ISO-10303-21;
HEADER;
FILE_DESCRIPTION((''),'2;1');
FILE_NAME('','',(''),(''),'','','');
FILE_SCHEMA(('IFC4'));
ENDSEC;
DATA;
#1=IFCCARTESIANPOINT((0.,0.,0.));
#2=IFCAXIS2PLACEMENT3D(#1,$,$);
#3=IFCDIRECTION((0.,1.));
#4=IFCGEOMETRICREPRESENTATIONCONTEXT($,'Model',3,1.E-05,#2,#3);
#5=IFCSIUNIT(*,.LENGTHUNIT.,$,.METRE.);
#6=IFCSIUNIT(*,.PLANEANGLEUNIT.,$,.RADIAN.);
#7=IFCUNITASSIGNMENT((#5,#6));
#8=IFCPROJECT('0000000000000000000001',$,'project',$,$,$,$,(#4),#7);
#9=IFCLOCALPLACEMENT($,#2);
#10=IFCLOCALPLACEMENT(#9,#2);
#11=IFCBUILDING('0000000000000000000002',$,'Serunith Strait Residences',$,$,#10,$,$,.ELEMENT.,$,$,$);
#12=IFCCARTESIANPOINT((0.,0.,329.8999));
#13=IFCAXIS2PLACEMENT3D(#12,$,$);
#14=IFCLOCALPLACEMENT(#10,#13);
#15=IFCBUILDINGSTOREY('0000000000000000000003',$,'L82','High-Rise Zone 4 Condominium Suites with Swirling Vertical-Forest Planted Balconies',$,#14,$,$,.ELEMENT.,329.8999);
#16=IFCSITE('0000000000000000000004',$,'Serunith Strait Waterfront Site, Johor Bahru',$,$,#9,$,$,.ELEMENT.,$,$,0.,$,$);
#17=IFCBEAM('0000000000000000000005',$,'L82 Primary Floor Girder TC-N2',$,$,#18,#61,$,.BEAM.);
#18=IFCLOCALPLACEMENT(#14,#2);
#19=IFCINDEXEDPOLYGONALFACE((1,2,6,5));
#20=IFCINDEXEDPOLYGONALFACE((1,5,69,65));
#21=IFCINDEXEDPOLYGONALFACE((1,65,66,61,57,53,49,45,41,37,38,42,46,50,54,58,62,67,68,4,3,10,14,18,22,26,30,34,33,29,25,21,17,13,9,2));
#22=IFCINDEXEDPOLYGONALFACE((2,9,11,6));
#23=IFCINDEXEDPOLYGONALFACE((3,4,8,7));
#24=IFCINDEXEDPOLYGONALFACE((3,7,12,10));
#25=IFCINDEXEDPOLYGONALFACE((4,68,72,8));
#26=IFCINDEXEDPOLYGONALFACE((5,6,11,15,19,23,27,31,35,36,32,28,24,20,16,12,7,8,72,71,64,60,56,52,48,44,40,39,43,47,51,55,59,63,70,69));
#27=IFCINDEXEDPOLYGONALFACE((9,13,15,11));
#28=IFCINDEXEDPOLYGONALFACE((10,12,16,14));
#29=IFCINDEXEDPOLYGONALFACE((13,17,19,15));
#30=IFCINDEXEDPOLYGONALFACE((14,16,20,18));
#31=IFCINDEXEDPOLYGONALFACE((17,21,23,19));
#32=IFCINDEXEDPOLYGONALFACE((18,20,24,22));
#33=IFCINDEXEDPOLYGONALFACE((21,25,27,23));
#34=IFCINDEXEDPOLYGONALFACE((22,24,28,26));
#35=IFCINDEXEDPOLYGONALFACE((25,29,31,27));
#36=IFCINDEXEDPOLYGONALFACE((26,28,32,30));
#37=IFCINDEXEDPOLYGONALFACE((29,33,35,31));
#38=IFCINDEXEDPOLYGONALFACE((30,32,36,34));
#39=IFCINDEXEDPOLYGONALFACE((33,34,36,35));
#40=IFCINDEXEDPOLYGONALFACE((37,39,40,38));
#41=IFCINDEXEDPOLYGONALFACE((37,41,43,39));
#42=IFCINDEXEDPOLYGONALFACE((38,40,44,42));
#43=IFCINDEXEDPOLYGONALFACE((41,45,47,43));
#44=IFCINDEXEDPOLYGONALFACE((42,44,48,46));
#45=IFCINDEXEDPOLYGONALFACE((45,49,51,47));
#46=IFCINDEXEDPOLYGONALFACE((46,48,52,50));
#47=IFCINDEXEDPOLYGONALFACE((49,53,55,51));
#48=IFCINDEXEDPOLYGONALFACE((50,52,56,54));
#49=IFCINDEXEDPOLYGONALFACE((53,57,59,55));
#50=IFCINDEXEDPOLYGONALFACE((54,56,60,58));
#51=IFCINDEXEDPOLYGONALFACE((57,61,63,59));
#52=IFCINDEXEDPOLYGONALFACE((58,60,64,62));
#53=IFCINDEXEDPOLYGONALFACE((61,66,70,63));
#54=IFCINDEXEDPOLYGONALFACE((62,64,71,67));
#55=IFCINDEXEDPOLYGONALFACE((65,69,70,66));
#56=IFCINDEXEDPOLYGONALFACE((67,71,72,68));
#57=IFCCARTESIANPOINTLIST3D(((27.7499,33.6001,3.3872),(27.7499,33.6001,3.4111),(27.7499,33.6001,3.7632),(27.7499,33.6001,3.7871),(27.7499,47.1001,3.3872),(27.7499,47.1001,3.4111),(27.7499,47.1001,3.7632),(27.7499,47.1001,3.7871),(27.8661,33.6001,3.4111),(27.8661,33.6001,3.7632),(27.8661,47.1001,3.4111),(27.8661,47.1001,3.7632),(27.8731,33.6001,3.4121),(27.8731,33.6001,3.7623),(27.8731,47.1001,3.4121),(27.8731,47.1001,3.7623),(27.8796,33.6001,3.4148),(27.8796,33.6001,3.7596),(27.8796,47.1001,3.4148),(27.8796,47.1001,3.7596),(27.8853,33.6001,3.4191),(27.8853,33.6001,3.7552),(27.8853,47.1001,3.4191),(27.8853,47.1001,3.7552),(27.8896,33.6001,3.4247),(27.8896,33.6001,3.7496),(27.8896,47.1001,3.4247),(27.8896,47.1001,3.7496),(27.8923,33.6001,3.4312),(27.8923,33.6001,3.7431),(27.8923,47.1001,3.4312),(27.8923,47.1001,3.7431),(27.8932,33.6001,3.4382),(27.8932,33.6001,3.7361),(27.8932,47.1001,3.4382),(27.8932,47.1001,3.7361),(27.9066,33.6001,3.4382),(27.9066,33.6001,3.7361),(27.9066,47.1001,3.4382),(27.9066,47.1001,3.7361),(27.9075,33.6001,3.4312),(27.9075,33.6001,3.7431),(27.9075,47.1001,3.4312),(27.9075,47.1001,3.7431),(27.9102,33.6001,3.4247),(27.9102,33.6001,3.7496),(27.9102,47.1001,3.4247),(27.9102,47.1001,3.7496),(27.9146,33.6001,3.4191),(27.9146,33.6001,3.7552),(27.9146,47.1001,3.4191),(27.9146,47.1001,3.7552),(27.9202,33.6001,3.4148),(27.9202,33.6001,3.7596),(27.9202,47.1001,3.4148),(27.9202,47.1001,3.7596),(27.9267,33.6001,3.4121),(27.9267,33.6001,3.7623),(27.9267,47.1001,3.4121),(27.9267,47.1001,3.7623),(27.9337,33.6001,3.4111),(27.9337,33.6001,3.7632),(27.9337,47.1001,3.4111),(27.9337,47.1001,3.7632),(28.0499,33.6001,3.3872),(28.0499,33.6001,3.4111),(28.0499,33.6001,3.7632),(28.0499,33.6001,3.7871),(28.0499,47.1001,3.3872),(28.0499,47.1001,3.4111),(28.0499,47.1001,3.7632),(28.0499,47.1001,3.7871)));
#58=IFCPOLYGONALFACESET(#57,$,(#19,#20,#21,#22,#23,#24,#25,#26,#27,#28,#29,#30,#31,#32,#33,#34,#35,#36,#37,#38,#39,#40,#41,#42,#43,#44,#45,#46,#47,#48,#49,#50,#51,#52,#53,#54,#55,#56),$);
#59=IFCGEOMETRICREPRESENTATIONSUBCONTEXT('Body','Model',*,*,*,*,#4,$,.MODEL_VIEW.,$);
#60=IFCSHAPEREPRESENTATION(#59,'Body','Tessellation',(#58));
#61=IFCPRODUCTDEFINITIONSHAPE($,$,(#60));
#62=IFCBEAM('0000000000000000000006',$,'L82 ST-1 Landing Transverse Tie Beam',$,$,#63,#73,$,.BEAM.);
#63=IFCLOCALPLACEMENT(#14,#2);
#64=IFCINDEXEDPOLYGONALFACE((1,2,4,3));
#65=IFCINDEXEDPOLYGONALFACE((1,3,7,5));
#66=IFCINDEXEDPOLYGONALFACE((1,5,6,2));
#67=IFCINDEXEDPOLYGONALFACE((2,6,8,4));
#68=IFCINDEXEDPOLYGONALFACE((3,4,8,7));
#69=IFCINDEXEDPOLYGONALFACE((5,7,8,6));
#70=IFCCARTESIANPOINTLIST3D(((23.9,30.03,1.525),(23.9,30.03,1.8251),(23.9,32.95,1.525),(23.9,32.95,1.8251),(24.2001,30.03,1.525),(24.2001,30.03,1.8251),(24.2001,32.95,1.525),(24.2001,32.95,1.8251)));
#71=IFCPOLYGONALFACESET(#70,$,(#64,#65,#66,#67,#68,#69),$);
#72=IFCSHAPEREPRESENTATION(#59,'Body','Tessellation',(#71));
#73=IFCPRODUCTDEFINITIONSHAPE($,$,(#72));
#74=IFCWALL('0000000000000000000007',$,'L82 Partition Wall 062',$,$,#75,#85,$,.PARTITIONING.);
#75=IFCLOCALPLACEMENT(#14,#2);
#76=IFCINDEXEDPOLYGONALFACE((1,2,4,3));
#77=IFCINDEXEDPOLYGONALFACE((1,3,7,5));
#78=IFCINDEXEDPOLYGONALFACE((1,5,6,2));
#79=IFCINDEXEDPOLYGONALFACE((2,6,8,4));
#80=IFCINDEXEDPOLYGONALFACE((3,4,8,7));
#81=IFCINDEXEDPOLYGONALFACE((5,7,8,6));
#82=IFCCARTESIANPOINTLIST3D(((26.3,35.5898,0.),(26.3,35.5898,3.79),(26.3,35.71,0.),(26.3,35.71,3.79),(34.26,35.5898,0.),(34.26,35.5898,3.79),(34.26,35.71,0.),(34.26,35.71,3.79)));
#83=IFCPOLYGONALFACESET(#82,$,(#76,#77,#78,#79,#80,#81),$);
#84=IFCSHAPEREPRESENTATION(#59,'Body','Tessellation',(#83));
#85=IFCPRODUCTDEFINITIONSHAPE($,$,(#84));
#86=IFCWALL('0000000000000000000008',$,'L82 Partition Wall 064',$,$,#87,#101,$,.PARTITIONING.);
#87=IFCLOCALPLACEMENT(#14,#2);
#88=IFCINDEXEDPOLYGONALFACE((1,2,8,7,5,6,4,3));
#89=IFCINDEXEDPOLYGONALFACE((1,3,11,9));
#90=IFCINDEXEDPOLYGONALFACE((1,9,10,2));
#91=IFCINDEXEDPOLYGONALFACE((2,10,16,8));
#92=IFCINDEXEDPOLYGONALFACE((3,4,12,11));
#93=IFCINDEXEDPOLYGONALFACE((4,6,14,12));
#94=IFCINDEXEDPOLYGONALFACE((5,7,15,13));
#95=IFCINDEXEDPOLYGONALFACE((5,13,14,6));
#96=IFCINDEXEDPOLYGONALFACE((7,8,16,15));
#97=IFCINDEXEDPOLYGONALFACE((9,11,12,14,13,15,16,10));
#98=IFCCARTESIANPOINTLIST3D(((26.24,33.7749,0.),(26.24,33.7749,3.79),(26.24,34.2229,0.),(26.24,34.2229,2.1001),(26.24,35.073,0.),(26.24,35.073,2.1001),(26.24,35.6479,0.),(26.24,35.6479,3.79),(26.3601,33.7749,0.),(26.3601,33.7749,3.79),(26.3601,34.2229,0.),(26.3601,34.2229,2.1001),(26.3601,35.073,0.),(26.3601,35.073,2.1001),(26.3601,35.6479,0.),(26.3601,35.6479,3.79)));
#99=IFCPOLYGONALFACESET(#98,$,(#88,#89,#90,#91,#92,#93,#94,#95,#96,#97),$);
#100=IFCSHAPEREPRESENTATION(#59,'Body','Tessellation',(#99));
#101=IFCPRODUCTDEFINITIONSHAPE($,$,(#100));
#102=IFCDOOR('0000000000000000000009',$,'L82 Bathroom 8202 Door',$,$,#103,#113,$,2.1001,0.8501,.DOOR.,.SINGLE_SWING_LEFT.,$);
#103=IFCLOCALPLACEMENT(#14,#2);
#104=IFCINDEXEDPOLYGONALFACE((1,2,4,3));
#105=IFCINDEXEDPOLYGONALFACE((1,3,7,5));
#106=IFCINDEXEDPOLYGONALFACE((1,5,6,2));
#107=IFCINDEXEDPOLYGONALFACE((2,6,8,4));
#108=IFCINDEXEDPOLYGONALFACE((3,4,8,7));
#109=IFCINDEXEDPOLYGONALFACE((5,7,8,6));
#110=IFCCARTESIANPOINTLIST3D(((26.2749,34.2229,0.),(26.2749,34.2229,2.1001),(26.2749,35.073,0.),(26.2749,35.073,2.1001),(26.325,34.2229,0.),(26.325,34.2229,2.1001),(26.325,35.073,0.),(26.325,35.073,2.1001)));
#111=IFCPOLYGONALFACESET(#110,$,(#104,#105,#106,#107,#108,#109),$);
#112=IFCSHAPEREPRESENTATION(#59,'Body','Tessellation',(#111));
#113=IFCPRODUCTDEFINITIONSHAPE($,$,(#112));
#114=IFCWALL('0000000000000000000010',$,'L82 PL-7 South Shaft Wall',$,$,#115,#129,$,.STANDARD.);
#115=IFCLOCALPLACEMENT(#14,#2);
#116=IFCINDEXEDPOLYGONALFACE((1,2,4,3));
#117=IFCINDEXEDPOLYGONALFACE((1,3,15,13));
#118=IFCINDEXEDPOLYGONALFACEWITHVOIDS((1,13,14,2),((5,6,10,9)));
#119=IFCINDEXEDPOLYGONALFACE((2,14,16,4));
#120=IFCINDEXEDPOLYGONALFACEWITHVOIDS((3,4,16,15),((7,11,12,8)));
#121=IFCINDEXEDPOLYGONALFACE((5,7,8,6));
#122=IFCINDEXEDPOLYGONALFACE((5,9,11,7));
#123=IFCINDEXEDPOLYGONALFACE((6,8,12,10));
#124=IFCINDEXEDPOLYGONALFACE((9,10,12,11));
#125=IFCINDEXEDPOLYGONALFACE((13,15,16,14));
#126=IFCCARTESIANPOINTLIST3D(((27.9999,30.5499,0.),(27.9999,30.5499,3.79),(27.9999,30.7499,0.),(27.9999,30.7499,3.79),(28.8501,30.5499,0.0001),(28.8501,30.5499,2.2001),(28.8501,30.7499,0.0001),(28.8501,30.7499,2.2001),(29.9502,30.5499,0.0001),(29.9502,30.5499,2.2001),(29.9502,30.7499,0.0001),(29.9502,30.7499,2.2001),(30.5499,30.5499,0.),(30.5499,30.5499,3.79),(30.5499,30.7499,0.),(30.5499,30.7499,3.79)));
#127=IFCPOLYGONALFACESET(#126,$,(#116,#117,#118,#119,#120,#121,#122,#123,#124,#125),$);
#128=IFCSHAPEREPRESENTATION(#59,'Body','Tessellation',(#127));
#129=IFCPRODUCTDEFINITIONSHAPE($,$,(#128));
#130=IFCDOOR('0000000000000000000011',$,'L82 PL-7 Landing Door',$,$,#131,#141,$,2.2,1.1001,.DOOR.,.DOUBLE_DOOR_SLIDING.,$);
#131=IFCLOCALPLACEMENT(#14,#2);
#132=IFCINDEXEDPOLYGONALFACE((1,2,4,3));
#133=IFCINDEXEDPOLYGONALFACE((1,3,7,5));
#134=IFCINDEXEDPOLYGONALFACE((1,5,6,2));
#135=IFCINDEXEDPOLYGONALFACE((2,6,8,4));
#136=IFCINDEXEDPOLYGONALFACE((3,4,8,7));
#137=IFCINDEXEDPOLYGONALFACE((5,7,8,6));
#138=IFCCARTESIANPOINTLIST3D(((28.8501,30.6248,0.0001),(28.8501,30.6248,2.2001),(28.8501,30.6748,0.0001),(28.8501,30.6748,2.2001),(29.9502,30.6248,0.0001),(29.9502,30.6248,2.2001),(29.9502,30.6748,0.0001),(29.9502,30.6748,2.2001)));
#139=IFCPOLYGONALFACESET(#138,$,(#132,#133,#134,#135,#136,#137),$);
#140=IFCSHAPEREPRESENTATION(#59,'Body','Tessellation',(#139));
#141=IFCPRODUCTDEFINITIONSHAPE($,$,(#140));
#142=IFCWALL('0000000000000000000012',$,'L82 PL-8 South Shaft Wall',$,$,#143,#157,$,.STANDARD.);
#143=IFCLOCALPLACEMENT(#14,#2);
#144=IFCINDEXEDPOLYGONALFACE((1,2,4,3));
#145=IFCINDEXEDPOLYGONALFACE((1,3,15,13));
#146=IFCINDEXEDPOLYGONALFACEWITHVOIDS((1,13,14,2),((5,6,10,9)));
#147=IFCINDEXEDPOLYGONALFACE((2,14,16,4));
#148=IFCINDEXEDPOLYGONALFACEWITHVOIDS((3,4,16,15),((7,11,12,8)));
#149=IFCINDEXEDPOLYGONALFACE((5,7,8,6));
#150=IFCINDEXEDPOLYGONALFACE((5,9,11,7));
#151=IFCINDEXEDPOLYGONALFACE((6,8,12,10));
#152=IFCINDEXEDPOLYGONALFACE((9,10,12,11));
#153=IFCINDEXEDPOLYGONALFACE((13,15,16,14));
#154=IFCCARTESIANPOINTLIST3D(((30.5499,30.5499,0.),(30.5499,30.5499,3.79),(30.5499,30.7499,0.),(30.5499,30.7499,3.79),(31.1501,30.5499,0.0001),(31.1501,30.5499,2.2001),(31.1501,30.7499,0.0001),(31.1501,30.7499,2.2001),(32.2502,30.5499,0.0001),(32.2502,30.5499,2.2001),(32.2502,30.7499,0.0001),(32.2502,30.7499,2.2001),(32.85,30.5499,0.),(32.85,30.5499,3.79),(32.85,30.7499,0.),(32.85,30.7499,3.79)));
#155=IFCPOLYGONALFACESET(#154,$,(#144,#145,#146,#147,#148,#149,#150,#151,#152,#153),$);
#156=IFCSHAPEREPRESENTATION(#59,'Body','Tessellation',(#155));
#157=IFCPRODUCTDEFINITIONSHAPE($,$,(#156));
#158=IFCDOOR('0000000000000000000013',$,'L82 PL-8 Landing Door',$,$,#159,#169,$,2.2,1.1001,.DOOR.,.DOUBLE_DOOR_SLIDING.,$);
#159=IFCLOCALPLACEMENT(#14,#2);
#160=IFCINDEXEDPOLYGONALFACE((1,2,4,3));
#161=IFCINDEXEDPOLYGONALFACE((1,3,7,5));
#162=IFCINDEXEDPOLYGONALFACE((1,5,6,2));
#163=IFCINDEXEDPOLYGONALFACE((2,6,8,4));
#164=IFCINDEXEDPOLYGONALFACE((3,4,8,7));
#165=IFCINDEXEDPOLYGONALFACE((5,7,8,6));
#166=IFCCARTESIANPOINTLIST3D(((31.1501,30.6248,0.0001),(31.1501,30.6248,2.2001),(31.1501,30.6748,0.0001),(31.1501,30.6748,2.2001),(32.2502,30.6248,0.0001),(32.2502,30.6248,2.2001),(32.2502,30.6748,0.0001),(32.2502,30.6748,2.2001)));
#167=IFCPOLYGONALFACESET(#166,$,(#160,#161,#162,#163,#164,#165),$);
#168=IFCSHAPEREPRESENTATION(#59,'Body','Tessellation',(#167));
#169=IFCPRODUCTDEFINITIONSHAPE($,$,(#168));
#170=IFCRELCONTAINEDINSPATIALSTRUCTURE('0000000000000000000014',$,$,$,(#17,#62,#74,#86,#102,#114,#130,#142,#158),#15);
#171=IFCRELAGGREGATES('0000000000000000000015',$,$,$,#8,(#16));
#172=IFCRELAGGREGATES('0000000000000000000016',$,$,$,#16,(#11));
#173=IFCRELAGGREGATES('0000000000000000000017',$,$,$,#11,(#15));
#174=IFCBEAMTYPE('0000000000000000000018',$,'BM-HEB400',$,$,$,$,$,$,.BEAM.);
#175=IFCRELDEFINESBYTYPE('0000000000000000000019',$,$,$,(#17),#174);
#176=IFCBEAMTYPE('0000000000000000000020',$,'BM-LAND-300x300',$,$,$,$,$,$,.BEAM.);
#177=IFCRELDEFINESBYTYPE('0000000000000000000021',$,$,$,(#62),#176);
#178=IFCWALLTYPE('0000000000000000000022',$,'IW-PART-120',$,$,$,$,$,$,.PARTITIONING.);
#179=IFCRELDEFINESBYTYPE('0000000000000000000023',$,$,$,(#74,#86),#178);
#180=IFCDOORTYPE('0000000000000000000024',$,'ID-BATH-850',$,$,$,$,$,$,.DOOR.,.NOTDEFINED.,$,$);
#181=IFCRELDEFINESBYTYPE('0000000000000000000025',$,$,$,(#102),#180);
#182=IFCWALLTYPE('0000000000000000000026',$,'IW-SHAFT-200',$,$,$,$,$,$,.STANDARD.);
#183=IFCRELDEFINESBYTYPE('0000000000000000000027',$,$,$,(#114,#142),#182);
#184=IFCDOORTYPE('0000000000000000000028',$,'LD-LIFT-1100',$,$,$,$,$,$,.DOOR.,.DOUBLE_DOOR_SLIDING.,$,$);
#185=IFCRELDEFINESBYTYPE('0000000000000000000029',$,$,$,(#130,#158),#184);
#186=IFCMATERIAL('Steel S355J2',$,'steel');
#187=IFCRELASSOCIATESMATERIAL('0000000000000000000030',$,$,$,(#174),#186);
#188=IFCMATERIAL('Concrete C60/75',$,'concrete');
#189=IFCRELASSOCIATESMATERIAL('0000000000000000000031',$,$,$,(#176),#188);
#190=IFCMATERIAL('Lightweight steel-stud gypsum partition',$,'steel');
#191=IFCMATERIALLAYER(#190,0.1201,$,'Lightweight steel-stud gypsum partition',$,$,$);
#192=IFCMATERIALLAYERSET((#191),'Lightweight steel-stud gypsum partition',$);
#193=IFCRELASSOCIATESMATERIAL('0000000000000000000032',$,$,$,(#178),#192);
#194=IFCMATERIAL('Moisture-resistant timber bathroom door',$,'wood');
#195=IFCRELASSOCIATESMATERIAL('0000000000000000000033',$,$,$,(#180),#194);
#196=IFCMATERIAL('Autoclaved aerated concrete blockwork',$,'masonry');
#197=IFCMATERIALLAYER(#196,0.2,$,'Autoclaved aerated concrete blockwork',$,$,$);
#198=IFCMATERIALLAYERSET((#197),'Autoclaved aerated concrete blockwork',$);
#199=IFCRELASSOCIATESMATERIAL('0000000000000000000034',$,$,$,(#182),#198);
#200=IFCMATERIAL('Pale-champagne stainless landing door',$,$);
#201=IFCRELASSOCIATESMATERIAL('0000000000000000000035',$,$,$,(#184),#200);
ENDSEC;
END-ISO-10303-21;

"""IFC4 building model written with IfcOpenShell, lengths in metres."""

from ifc_helpers import new_model, si_unit, direction, frame, frame_2d, origin, origin_2d, place, context, subcontext, project, spatial, rectangle, i_section, extrude, source, transform, mapped, material, layer, layer_set, material_profile, profile_set, type_object, element, fill, save


model = new_model("IFC4")

# Units and contexts
model_context = context("Model", 3, precision=1e-05, world=origin(), true_north=direction((0.0, 1.0)))
body_context = subcontext(model_context, "Body", "Model", "MODEL_VIEW")
ifc_project = project(units=[si_unit("LENGTHUNIT", "METRE"), si_unit("PLANEANGLEUNIT", "RADIAN")], contexts=[model_context])

# Site, building, storey
site_placement = place(None, origin())
site = spatial("IfcSite", under=ifc_project, at=site_placement, Name="Serunith Strait Waterfront Site, Johor Bahru", CompositionType="ELEMENT", RefElevation=0.0)
building_placement = place(site_placement, origin())
building = spatial("IfcBuilding", under=site, at=building_placement, Name="Serunith Strait Residences", CompositionType="ELEMENT")
storey_placement = place(building_placement, frame((0.0, 0.0, 329.8999)))
storey = spatial("IfcBuildingStorey", under=building, at=storey_placement, Name="L82", Description="High-Rise Zone 4 Condominium Suites with Swirling Vertical-Forest Planted Balconies", CompositionType="ELEMENT", Elevation=329.8999)

# Beams
ifc_material_1 = material(Name="Steel S355J2", Category="steel")
ifc_material_profile_1 = material_profile(ifc_material_1, i_section(OverallWidth=0.3, OverallDepth=0.3999, WebThickness=0.0134, FlangeThickness=0.0239, FilletRadius=0.0271, at=origin_2d()), Name="HEB 400")
ifc_profile_set_1 = profile_set([ifc_material_profile_1], Name="Steel S355J2")
beam_type_1 = type_object("IfcBeamType", Name="BM-HEB400", PredefinedType="BEAM", material=ifc_profile_set_1)
shared_shape_1 = source(origin(), body_context, "Body", "SweptSolid", [
    extrude(i_section(OverallWidth=0.3, OverallDepth=0.3999, WebThickness=0.0134, FlangeThickness=0.0239, FilletRadius=0.0271, at=origin_2d()), origin(), (0.0, 0.0, 1.0), 13.5),
])
beam_1_placement = place(storey_placement, frame((27.8999, 33.6001, 3.5872), z_axis=(0.0, 1.0, 0.0), x_axis=(-1.0, 0.0, 0.0)))
element("IfcBeam", 1, at=beam_1_placement, inside=storey, type_object=beam_type_1, Name="L82 Primary Floor Girder TC-N2", PredefinedType="BEAM", context=body_context, shape_type="MappedRepresentation", body=[
    mapped(shared_shape_1, transform((0.0, 0.0, 0.0), scale=1.0)),
])
ifc_material_2 = material(Name="Concrete C60/75", Category="concrete")
ifc_material_profile_2 = material_profile(ifc_material_2, rectangle(XDim=0.3, YDim=0.3, at=origin_2d()), Name="RC 300x300")
ifc_profile_set_2 = profile_set([ifc_material_profile_2], Name="Concrete C60/75")
beam_type_2 = type_object("IfcBeamType", Name="BM-LAND-300x300", PredefinedType="BEAM", material=ifc_profile_set_2)
shared_shape_2 = source(origin(), body_context, "Body", "SweptSolid", [
    extrude(rectangle(XDim=0.3, YDim=0.3, at=origin_2d()), origin(), (0.0, 0.0, 1.0), 2.9199),
])
beam_2_placement = place(storey_placement, frame((24.05, 30.03, 1.675), z_axis=(0.0, 1.0, 0.0), x_axis=(-1.0, 0.0, 0.0)))
element("IfcBeam", 2, at=beam_2_placement, inside=storey, type_object=beam_type_2, Name="L82 ST-1 Landing Transverse Tie Beam", PredefinedType="BEAM", context=body_context, shape_type="MappedRepresentation", body=[
    mapped(shared_shape_2, transform((0.0, 0.0, 0.0), scale=1.0)),
])

# Wall
ifc_material_3 = material(Name="Lightweight steel-stud gypsum partition", Category="steel")
ifc_layer_1 = layer(ifc_material_3, 0.1201, Name="Lightweight steel-stud gypsum partition")
ifc_layer_set_1 = layer_set([ifc_layer_1], Name="Lightweight steel-stud gypsum partition")
wall_type_1 = type_object("IfcWallType", Name="IW-PART-120", PredefinedType="PARTITIONING", material=ifc_layer_set_1)
wall_1_placement = place(storey_placement, frame((26.3, 35.6499, 0.0), z_axis=(0.0, 0.0, 1.0), x_axis=(1.0, 0.0, 0.0)))
element("IfcWall", 3, at=wall_1_placement, inside=storey, type_object=wall_type_1, Name="L82 Partition Wall 062", PredefinedType="PARTITIONING", context=body_context, shape_type="SweptSolid", body=[
    extrude(rectangle(XDim=7.96, YDim=0.1201, at=frame_2d((3.98, 0.0))), origin(), (0.0, 0.0, 1.0), 3.79),
])

# Walls, openings, doors
wall_2_placement = place(storey_placement, frame((26.3, 35.6479, 0.0), z_axis=(0.0, 0.0, 1.0), x_axis=(0.0, -1.0, 0.0)))
wall_2 = element("IfcWall", 4, at=wall_2_placement, inside=storey, type_object=wall_type_1, Name="L82 Partition Wall 064", PredefinedType="PARTITIONING", context=body_context, shape_type="SweptSolid", body=[
    extrude(rectangle(XDim=1.873, YDim=0.1201, at=frame_2d((0.9365, 0.0))), origin(), (0.0, 0.0, 1.0), 3.79),
])
opening_1_placement = place(wall_2_placement, frame((0.575, 0.0, 0.0)))
opening_1 = element("IfcOpeningElement", 5, at=opening_1_placement, cuts=wall_2, PredefinedType="OPENING", context=body_context, shape_type="SweptSolid", body=[
    extrude(rectangle(XDim=0.8501, YDim=2.1001, at=frame_2d((0.425, 1.05))), frame((0.0, 0.0701, 0.0), z_axis=(0.0, -1.0, 0.0), x_axis=(1.0, 0.0, 0.0)), (0.0, 0.0, 1.0), 0.1401),
])
ifc_material_4 = material(Name="Moisture-resistant timber bathroom door", Category="wood")
door_type_1 = type_object("IfcDoorType", Name="ID-BATH-850", OperationType="NOTDEFINED", PredefinedType="DOOR", material=ifc_material_4)
shared_shape_3 = source(origin(), body_context, "Body", "SweptSolid", [
    extrude(rectangle(XDim=0.8501, YDim=2.1001, at=frame_2d((0.425, 1.05))), frame((0.0, 0.0249, 0.0), z_axis=(0.0, -1.0, 0.0), x_axis=(1.0, 0.0, 0.0)), (0.0, 0.0, 1.0), 0.05),
])
door_1_placement = place(opening_1_placement, origin())
door_1 = element("IfcDoor", 6, at=door_1_placement, inside=storey, type_object=door_type_1, Name="L82 Bathroom 8202 Door", OperationType="SINGLE_SWING_LEFT", OverallHeight=2.1001, OverallWidth=0.8501, PredefinedType="DOOR", context=body_context, shape_type="MappedRepresentation", body=[
    mapped(shared_shape_3, transform((0.0, 0.0, 0.0), scale=1.0)),
])
fill(opening_1, door_1)
ifc_material_5 = material(Name="Autoclaved aerated concrete blockwork", Category="masonry")
ifc_layer_2 = layer(ifc_material_5, 0.2, Name="Autoclaved aerated concrete blockwork")
ifc_layer_set_2 = layer_set([ifc_layer_2], Name="Autoclaved aerated concrete blockwork")
wall_type_2 = type_object("IfcWallType", Name="IW-SHAFT-200", PredefinedType="STANDARD", material=ifc_layer_set_2)
wall_3_placement = place(storey_placement, frame((28.0, 30.6499, 0.0), z_axis=(0.0, 0.0, 1.0), x_axis=(1.0, 0.0, 0.0)))
wall_3 = element("IfcWall", 7, at=wall_3_placement, inside=storey, type_object=wall_type_2, Name="L82 PL-7 South Shaft Wall", PredefinedType="STANDARD", context=body_context, shape_type="SweptSolid", body=[
    extrude(rectangle(XDim=2.55, YDim=0.2, at=frame_2d((1.2749, 0.0))), origin(), (0.0, 0.0, 1.0), 3.79),
])
opening_2_placement = place(wall_3_placement, frame((0.8501, 0.0, 0.0)))
opening_2 = element("IfcOpeningElement", 8, at=opening_2_placement, cuts=wall_3, PredefinedType="OPENING", context=body_context, shape_type="SweptSolid", body=[
    extrude(rectangle(XDim=1.1001, YDim=2.2, at=frame_2d((0.55, 1.1001))), frame((0.0, 0.1099, 0.0), z_axis=(0.0, -1.0, 0.0), x_axis=(1.0, 0.0, 0.0)), (0.0, 0.0, 1.0), 0.22),
])
ifc_material_6 = material(Name="Pale-champagne stainless landing door")
door_type_2 = type_object("IfcDoorType", Name="LD-LIFT-1100", OperationType="DOUBLE_DOOR_SLIDING", PredefinedType="DOOR", material=ifc_material_6)
shared_shape_4 = source(origin(), body_context, "Body", "SweptSolid", [
    extrude(rectangle(XDim=1.1001, YDim=2.2, at=frame_2d((0.55, 1.1001))), frame((0.0, 0.0249, 0.0), z_axis=(0.0, -1.0, 0.0), x_axis=(1.0, 0.0, 0.0)), (0.0, 0.0, 1.0), 0.05),
])
door_2_placement = place(opening_2_placement, origin())
door_2 = element("IfcDoor", 9, at=door_2_placement, inside=storey, type_object=door_type_2, Name="L82 PL-7 Landing Door", OperationType="DOUBLE_DOOR_SLIDING", OverallHeight=2.2, OverallWidth=1.1001, PredefinedType="DOOR", context=body_context, shape_type="MappedRepresentation", body=[
    mapped(shared_shape_4, transform((0.0, 0.0, 0.0), scale=1.0)),
])
fill(opening_2, door_2)
wall_4_placement = place(storey_placement, frame((30.55, 30.6499, 0.0), z_axis=(0.0, 0.0, 1.0), x_axis=(1.0, 0.0, 0.0)))
wall_4 = element("IfcWall", 10, at=wall_4_placement, inside=storey, type_object=wall_type_2, Name="L82 PL-8 South Shaft Wall", PredefinedType="STANDARD", context=body_context, shape_type="SweptSolid", body=[
    extrude(rectangle(XDim=2.3, YDim=0.2, at=frame_2d((1.1499, 0.0))), origin(), (0.0, 0.0, 1.0), 3.79),
])
opening_3_placement = place(wall_4_placement, frame((0.6001, 0.0, 0.0)))
opening_3 = element("IfcOpeningElement", 11, at=opening_3_placement, cuts=wall_4, PredefinedType="OPENING", context=body_context, shape_type="SweptSolid", body=[
    extrude(rectangle(XDim=1.1001, YDim=2.2, at=frame_2d((0.55, 1.1001))), frame((0.0, 0.1099, 0.0), z_axis=(0.0, -1.0, 0.0), x_axis=(1.0, 0.0, 0.0)), (0.0, 0.0, 1.0), 0.22),
])
door_3_placement = place(opening_3_placement, origin())
door_3 = element("IfcDoor", 12, at=door_3_placement, inside=storey, type_object=door_type_2, Name="L82 PL-8 Landing Door", OperationType="DOUBLE_DOOR_SLIDING", OverallHeight=2.2, OverallWidth=1.1001, PredefinedType="DOOR", context=body_context, shape_type="MappedRepresentation", body=[
    mapped(shared_shape_4, transform((0.0, 0.0, 0.0), scale=1.0)),
])
fill(opening_3, door_3)

save(model, "model.ifc")
